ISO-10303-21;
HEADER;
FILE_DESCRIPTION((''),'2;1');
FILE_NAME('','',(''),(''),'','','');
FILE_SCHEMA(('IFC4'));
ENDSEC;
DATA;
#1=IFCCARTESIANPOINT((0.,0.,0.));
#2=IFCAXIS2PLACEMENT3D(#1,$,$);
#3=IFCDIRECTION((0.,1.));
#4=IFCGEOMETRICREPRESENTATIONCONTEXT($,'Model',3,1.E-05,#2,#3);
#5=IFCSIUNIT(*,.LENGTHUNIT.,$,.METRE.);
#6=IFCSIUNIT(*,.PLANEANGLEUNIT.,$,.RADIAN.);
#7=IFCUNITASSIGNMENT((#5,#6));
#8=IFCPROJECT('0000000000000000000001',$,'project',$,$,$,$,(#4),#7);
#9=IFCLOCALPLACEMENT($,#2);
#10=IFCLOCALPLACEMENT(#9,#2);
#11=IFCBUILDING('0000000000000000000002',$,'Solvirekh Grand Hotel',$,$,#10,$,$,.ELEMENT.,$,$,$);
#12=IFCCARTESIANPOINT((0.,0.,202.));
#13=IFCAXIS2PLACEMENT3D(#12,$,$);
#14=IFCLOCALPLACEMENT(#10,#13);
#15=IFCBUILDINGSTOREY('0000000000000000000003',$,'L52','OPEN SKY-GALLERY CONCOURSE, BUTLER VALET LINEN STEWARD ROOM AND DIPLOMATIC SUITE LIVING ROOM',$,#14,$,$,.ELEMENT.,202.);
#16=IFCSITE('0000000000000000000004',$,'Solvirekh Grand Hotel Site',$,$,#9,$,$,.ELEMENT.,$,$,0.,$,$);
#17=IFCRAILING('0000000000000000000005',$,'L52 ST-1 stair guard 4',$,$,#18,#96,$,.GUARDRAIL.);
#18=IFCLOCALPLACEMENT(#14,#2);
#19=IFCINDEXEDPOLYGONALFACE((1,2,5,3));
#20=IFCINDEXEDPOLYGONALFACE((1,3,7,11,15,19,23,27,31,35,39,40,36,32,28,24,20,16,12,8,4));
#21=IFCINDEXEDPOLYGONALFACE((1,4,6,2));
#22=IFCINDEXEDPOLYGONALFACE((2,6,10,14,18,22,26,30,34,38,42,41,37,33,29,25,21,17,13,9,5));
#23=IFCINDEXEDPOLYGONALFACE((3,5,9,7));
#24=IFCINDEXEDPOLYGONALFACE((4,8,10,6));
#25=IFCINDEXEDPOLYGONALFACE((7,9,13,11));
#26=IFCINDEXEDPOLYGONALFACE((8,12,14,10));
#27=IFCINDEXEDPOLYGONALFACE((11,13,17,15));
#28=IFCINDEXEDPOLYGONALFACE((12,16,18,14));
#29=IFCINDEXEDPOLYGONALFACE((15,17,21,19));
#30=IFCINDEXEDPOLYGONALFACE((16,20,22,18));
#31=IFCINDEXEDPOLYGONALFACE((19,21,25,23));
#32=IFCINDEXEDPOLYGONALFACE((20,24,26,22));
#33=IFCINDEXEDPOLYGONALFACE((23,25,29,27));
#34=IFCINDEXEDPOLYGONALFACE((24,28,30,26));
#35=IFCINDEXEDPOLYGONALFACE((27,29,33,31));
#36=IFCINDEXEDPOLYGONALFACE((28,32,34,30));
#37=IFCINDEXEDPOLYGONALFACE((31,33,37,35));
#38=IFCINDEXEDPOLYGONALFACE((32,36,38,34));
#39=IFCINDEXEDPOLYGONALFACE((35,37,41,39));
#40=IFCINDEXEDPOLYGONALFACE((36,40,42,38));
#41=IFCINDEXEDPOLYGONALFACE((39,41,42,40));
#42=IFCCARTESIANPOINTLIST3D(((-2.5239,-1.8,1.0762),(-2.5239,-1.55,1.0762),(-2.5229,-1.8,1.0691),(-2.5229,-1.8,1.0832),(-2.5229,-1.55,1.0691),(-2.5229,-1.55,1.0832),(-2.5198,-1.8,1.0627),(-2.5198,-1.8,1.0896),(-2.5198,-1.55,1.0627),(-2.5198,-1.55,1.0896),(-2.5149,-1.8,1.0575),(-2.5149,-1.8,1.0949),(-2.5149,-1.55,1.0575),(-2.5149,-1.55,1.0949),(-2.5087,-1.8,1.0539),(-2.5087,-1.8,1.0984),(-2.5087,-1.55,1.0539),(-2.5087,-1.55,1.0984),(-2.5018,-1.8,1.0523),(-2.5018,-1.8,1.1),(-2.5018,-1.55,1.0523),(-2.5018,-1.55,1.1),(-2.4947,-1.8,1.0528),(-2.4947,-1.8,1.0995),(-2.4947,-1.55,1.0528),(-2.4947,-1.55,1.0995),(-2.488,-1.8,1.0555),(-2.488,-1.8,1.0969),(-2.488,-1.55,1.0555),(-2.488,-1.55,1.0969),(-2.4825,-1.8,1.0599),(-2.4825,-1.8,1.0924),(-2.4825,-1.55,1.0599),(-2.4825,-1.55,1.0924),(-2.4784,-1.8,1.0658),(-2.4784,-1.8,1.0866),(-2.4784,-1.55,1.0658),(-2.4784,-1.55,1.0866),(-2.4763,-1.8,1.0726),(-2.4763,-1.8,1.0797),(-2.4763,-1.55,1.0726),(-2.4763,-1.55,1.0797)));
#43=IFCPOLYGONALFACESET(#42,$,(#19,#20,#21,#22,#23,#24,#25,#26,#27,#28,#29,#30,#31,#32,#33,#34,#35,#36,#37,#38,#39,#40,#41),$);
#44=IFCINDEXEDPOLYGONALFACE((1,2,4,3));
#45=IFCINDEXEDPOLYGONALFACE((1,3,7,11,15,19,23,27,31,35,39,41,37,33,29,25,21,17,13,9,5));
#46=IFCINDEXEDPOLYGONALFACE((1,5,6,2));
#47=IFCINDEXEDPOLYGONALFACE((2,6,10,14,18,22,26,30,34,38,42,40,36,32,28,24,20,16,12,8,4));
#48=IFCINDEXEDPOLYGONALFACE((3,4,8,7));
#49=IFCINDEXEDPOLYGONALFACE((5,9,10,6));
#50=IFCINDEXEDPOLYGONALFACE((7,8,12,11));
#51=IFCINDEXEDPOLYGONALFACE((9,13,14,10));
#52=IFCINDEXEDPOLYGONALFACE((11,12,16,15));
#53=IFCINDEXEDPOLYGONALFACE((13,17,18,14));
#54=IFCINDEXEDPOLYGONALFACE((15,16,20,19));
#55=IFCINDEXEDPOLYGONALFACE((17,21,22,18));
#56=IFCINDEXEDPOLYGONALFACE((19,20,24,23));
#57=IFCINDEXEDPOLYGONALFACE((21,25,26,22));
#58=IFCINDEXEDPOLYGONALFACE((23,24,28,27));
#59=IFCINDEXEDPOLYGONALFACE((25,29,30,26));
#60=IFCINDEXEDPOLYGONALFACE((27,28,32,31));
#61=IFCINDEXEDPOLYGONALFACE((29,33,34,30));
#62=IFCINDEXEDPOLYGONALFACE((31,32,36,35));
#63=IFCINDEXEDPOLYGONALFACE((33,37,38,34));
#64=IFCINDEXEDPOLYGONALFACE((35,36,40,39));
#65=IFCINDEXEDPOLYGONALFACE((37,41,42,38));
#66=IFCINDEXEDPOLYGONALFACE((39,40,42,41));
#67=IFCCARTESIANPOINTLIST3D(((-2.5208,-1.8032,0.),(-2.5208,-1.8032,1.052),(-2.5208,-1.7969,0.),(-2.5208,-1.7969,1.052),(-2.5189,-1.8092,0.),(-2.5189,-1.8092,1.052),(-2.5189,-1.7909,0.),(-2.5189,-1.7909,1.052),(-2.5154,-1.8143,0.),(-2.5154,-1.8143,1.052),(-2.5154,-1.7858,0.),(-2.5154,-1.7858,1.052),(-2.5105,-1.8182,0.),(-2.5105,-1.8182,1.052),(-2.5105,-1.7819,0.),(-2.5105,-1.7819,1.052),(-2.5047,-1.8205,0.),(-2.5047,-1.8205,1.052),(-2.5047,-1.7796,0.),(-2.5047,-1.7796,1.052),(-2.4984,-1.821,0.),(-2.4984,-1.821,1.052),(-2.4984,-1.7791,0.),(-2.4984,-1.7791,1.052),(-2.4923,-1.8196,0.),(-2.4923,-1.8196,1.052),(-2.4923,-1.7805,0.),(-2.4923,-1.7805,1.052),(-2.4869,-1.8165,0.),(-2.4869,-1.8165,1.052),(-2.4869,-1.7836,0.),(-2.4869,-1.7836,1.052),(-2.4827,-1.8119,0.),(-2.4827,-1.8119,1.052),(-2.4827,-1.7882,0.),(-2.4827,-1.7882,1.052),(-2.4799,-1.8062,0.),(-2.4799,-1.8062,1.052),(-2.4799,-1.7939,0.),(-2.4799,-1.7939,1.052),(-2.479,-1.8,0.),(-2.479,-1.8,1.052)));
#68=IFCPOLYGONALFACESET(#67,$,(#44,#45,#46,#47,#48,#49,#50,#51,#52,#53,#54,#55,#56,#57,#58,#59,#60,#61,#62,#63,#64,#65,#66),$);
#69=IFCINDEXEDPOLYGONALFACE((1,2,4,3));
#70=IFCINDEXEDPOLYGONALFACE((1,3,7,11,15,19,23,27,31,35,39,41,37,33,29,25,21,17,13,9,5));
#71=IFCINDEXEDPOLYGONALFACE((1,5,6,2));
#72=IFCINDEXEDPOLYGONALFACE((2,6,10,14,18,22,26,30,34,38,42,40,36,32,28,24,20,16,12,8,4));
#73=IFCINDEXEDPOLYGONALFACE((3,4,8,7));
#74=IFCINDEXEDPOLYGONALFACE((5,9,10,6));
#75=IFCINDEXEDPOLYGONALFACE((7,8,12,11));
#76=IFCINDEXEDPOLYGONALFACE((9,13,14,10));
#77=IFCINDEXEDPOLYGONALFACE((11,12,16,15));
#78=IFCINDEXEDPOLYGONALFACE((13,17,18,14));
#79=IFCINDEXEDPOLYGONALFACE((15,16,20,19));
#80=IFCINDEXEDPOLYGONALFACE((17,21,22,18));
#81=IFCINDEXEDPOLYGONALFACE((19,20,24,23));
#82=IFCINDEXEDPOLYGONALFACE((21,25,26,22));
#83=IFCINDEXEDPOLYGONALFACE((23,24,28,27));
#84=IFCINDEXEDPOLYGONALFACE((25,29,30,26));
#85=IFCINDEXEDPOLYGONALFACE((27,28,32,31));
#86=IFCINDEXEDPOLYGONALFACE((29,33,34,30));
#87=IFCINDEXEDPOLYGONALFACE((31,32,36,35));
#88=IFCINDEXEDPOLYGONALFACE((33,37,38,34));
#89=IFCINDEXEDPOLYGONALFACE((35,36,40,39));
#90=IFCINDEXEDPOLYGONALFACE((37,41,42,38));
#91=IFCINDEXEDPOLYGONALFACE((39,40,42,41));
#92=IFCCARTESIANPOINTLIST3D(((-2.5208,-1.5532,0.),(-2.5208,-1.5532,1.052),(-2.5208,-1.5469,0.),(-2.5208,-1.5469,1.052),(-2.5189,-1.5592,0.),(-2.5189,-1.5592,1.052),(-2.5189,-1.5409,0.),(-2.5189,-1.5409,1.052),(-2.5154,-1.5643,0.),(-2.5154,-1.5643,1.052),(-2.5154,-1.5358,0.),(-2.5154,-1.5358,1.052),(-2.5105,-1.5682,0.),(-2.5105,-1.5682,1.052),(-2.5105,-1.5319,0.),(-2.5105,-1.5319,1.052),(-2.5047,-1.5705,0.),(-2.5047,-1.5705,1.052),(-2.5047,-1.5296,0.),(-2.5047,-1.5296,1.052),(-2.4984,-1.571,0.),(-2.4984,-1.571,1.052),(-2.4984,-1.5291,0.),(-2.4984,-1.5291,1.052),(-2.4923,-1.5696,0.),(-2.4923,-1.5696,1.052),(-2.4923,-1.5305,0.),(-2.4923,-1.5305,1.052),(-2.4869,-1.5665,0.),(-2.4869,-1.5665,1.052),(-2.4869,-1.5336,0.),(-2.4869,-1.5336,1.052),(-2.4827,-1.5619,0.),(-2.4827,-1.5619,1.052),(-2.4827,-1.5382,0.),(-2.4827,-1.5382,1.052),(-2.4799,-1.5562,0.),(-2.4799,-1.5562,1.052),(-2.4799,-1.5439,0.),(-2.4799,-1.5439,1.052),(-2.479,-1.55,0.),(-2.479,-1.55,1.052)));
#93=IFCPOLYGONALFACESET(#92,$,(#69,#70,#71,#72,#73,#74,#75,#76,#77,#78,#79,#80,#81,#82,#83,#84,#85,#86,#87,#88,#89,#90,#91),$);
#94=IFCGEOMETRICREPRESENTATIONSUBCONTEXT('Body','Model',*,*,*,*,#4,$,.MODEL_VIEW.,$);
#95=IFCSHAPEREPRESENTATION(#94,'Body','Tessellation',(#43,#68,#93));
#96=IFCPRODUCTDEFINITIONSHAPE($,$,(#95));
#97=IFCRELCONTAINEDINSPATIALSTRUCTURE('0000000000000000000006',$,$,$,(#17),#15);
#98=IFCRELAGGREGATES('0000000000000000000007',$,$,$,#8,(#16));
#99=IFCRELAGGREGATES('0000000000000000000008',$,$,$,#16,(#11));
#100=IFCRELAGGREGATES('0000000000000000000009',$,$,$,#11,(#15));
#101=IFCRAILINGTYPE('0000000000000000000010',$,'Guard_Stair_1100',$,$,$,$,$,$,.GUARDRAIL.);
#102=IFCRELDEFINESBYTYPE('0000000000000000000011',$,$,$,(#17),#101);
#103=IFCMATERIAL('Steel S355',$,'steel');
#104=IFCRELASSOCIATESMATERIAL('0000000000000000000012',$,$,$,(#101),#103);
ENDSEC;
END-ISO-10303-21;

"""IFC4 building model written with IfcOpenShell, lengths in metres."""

from ifc_helpers import new_model, si_unit, direction, frame, origin, origin_2d, place, context, subcontext, project, spatial, circle, extrude, material, type_object, element, save


model = new_model("IFC4")

# Units and contexts
model_context = context("Model", 3, precision=1e-05, world=origin(), true_north=direction((0.0, 1.0)))
body_context = subcontext(model_context, "Body", "Model", "MODEL_VIEW")
ifc_project = project(units=[si_unit("LENGTHUNIT", "METRE"), si_unit("PLANEANGLEUNIT", "RADIAN")], contexts=[model_context])

# Site, building, storey
site_placement = place(None, origin())
site = spatial("IfcSite", under=ifc_project, at=site_placement, Name="Solvirekh Grand Hotel Site", CompositionType="ELEMENT", RefElevation=0.0)
building_placement = place(site_placement, origin())
building = spatial("IfcBuilding", under=site, at=building_placement, Name="Solvirekh Grand Hotel", CompositionType="ELEMENT")
storey_placement = place(building_placement, frame((0.0, 0.0, 202.0)))
storey = spatial("IfcBuildingStorey", under=building, at=storey_placement, Name="L52", Description="OPEN SKY-GALLERY CONCOURSE, BUTLER VALET LINEN STEWARD ROOM AND DIPLOMATIC SUITE LIVING ROOM", CompositionType="ELEMENT", Elevation=202.0)

# Shared definitions
ifc_material_1 = material(Name="Steel S355", Category="steel")

# Railing
railing_type_1 = type_object("IfcRailingType", Name="Guard_Stair_1100", PredefinedType="GUARDRAIL", material=ifc_material_1)
railing_1_placement = place(storey_placement, frame((-2.5, -1.8, 0.0)))
element("IfcRailing", 1, at=railing_1_placement, inside=storey, type_object=railing_type_1, Name="L52 ST-1 stair guard 4", PredefinedType="GUARDRAIL", context=body_context, shape_type="SweptSolid", body=[
    extrude(circle(Radius=0.0239, at=origin_2d()), frame((0.0, 0.0, 1.0762), z_axis=(0.0, 1.0, 0.0), x_axis=(-1.0, 0.0, 0.0)), (0.0, 0.0, 1.0), 0.25),
    extrude(circle(Radius=0.021, at=origin_2d()), origin(), (0.0, 0.0, 1.0), 1.052),
    extrude(circle(Radius=0.021, at=origin_2d()), frame((0.0, 0.25, 0.0)), (0.0, 0.0, 1.0), 1.052),
])

save(model, "model.ifc")
